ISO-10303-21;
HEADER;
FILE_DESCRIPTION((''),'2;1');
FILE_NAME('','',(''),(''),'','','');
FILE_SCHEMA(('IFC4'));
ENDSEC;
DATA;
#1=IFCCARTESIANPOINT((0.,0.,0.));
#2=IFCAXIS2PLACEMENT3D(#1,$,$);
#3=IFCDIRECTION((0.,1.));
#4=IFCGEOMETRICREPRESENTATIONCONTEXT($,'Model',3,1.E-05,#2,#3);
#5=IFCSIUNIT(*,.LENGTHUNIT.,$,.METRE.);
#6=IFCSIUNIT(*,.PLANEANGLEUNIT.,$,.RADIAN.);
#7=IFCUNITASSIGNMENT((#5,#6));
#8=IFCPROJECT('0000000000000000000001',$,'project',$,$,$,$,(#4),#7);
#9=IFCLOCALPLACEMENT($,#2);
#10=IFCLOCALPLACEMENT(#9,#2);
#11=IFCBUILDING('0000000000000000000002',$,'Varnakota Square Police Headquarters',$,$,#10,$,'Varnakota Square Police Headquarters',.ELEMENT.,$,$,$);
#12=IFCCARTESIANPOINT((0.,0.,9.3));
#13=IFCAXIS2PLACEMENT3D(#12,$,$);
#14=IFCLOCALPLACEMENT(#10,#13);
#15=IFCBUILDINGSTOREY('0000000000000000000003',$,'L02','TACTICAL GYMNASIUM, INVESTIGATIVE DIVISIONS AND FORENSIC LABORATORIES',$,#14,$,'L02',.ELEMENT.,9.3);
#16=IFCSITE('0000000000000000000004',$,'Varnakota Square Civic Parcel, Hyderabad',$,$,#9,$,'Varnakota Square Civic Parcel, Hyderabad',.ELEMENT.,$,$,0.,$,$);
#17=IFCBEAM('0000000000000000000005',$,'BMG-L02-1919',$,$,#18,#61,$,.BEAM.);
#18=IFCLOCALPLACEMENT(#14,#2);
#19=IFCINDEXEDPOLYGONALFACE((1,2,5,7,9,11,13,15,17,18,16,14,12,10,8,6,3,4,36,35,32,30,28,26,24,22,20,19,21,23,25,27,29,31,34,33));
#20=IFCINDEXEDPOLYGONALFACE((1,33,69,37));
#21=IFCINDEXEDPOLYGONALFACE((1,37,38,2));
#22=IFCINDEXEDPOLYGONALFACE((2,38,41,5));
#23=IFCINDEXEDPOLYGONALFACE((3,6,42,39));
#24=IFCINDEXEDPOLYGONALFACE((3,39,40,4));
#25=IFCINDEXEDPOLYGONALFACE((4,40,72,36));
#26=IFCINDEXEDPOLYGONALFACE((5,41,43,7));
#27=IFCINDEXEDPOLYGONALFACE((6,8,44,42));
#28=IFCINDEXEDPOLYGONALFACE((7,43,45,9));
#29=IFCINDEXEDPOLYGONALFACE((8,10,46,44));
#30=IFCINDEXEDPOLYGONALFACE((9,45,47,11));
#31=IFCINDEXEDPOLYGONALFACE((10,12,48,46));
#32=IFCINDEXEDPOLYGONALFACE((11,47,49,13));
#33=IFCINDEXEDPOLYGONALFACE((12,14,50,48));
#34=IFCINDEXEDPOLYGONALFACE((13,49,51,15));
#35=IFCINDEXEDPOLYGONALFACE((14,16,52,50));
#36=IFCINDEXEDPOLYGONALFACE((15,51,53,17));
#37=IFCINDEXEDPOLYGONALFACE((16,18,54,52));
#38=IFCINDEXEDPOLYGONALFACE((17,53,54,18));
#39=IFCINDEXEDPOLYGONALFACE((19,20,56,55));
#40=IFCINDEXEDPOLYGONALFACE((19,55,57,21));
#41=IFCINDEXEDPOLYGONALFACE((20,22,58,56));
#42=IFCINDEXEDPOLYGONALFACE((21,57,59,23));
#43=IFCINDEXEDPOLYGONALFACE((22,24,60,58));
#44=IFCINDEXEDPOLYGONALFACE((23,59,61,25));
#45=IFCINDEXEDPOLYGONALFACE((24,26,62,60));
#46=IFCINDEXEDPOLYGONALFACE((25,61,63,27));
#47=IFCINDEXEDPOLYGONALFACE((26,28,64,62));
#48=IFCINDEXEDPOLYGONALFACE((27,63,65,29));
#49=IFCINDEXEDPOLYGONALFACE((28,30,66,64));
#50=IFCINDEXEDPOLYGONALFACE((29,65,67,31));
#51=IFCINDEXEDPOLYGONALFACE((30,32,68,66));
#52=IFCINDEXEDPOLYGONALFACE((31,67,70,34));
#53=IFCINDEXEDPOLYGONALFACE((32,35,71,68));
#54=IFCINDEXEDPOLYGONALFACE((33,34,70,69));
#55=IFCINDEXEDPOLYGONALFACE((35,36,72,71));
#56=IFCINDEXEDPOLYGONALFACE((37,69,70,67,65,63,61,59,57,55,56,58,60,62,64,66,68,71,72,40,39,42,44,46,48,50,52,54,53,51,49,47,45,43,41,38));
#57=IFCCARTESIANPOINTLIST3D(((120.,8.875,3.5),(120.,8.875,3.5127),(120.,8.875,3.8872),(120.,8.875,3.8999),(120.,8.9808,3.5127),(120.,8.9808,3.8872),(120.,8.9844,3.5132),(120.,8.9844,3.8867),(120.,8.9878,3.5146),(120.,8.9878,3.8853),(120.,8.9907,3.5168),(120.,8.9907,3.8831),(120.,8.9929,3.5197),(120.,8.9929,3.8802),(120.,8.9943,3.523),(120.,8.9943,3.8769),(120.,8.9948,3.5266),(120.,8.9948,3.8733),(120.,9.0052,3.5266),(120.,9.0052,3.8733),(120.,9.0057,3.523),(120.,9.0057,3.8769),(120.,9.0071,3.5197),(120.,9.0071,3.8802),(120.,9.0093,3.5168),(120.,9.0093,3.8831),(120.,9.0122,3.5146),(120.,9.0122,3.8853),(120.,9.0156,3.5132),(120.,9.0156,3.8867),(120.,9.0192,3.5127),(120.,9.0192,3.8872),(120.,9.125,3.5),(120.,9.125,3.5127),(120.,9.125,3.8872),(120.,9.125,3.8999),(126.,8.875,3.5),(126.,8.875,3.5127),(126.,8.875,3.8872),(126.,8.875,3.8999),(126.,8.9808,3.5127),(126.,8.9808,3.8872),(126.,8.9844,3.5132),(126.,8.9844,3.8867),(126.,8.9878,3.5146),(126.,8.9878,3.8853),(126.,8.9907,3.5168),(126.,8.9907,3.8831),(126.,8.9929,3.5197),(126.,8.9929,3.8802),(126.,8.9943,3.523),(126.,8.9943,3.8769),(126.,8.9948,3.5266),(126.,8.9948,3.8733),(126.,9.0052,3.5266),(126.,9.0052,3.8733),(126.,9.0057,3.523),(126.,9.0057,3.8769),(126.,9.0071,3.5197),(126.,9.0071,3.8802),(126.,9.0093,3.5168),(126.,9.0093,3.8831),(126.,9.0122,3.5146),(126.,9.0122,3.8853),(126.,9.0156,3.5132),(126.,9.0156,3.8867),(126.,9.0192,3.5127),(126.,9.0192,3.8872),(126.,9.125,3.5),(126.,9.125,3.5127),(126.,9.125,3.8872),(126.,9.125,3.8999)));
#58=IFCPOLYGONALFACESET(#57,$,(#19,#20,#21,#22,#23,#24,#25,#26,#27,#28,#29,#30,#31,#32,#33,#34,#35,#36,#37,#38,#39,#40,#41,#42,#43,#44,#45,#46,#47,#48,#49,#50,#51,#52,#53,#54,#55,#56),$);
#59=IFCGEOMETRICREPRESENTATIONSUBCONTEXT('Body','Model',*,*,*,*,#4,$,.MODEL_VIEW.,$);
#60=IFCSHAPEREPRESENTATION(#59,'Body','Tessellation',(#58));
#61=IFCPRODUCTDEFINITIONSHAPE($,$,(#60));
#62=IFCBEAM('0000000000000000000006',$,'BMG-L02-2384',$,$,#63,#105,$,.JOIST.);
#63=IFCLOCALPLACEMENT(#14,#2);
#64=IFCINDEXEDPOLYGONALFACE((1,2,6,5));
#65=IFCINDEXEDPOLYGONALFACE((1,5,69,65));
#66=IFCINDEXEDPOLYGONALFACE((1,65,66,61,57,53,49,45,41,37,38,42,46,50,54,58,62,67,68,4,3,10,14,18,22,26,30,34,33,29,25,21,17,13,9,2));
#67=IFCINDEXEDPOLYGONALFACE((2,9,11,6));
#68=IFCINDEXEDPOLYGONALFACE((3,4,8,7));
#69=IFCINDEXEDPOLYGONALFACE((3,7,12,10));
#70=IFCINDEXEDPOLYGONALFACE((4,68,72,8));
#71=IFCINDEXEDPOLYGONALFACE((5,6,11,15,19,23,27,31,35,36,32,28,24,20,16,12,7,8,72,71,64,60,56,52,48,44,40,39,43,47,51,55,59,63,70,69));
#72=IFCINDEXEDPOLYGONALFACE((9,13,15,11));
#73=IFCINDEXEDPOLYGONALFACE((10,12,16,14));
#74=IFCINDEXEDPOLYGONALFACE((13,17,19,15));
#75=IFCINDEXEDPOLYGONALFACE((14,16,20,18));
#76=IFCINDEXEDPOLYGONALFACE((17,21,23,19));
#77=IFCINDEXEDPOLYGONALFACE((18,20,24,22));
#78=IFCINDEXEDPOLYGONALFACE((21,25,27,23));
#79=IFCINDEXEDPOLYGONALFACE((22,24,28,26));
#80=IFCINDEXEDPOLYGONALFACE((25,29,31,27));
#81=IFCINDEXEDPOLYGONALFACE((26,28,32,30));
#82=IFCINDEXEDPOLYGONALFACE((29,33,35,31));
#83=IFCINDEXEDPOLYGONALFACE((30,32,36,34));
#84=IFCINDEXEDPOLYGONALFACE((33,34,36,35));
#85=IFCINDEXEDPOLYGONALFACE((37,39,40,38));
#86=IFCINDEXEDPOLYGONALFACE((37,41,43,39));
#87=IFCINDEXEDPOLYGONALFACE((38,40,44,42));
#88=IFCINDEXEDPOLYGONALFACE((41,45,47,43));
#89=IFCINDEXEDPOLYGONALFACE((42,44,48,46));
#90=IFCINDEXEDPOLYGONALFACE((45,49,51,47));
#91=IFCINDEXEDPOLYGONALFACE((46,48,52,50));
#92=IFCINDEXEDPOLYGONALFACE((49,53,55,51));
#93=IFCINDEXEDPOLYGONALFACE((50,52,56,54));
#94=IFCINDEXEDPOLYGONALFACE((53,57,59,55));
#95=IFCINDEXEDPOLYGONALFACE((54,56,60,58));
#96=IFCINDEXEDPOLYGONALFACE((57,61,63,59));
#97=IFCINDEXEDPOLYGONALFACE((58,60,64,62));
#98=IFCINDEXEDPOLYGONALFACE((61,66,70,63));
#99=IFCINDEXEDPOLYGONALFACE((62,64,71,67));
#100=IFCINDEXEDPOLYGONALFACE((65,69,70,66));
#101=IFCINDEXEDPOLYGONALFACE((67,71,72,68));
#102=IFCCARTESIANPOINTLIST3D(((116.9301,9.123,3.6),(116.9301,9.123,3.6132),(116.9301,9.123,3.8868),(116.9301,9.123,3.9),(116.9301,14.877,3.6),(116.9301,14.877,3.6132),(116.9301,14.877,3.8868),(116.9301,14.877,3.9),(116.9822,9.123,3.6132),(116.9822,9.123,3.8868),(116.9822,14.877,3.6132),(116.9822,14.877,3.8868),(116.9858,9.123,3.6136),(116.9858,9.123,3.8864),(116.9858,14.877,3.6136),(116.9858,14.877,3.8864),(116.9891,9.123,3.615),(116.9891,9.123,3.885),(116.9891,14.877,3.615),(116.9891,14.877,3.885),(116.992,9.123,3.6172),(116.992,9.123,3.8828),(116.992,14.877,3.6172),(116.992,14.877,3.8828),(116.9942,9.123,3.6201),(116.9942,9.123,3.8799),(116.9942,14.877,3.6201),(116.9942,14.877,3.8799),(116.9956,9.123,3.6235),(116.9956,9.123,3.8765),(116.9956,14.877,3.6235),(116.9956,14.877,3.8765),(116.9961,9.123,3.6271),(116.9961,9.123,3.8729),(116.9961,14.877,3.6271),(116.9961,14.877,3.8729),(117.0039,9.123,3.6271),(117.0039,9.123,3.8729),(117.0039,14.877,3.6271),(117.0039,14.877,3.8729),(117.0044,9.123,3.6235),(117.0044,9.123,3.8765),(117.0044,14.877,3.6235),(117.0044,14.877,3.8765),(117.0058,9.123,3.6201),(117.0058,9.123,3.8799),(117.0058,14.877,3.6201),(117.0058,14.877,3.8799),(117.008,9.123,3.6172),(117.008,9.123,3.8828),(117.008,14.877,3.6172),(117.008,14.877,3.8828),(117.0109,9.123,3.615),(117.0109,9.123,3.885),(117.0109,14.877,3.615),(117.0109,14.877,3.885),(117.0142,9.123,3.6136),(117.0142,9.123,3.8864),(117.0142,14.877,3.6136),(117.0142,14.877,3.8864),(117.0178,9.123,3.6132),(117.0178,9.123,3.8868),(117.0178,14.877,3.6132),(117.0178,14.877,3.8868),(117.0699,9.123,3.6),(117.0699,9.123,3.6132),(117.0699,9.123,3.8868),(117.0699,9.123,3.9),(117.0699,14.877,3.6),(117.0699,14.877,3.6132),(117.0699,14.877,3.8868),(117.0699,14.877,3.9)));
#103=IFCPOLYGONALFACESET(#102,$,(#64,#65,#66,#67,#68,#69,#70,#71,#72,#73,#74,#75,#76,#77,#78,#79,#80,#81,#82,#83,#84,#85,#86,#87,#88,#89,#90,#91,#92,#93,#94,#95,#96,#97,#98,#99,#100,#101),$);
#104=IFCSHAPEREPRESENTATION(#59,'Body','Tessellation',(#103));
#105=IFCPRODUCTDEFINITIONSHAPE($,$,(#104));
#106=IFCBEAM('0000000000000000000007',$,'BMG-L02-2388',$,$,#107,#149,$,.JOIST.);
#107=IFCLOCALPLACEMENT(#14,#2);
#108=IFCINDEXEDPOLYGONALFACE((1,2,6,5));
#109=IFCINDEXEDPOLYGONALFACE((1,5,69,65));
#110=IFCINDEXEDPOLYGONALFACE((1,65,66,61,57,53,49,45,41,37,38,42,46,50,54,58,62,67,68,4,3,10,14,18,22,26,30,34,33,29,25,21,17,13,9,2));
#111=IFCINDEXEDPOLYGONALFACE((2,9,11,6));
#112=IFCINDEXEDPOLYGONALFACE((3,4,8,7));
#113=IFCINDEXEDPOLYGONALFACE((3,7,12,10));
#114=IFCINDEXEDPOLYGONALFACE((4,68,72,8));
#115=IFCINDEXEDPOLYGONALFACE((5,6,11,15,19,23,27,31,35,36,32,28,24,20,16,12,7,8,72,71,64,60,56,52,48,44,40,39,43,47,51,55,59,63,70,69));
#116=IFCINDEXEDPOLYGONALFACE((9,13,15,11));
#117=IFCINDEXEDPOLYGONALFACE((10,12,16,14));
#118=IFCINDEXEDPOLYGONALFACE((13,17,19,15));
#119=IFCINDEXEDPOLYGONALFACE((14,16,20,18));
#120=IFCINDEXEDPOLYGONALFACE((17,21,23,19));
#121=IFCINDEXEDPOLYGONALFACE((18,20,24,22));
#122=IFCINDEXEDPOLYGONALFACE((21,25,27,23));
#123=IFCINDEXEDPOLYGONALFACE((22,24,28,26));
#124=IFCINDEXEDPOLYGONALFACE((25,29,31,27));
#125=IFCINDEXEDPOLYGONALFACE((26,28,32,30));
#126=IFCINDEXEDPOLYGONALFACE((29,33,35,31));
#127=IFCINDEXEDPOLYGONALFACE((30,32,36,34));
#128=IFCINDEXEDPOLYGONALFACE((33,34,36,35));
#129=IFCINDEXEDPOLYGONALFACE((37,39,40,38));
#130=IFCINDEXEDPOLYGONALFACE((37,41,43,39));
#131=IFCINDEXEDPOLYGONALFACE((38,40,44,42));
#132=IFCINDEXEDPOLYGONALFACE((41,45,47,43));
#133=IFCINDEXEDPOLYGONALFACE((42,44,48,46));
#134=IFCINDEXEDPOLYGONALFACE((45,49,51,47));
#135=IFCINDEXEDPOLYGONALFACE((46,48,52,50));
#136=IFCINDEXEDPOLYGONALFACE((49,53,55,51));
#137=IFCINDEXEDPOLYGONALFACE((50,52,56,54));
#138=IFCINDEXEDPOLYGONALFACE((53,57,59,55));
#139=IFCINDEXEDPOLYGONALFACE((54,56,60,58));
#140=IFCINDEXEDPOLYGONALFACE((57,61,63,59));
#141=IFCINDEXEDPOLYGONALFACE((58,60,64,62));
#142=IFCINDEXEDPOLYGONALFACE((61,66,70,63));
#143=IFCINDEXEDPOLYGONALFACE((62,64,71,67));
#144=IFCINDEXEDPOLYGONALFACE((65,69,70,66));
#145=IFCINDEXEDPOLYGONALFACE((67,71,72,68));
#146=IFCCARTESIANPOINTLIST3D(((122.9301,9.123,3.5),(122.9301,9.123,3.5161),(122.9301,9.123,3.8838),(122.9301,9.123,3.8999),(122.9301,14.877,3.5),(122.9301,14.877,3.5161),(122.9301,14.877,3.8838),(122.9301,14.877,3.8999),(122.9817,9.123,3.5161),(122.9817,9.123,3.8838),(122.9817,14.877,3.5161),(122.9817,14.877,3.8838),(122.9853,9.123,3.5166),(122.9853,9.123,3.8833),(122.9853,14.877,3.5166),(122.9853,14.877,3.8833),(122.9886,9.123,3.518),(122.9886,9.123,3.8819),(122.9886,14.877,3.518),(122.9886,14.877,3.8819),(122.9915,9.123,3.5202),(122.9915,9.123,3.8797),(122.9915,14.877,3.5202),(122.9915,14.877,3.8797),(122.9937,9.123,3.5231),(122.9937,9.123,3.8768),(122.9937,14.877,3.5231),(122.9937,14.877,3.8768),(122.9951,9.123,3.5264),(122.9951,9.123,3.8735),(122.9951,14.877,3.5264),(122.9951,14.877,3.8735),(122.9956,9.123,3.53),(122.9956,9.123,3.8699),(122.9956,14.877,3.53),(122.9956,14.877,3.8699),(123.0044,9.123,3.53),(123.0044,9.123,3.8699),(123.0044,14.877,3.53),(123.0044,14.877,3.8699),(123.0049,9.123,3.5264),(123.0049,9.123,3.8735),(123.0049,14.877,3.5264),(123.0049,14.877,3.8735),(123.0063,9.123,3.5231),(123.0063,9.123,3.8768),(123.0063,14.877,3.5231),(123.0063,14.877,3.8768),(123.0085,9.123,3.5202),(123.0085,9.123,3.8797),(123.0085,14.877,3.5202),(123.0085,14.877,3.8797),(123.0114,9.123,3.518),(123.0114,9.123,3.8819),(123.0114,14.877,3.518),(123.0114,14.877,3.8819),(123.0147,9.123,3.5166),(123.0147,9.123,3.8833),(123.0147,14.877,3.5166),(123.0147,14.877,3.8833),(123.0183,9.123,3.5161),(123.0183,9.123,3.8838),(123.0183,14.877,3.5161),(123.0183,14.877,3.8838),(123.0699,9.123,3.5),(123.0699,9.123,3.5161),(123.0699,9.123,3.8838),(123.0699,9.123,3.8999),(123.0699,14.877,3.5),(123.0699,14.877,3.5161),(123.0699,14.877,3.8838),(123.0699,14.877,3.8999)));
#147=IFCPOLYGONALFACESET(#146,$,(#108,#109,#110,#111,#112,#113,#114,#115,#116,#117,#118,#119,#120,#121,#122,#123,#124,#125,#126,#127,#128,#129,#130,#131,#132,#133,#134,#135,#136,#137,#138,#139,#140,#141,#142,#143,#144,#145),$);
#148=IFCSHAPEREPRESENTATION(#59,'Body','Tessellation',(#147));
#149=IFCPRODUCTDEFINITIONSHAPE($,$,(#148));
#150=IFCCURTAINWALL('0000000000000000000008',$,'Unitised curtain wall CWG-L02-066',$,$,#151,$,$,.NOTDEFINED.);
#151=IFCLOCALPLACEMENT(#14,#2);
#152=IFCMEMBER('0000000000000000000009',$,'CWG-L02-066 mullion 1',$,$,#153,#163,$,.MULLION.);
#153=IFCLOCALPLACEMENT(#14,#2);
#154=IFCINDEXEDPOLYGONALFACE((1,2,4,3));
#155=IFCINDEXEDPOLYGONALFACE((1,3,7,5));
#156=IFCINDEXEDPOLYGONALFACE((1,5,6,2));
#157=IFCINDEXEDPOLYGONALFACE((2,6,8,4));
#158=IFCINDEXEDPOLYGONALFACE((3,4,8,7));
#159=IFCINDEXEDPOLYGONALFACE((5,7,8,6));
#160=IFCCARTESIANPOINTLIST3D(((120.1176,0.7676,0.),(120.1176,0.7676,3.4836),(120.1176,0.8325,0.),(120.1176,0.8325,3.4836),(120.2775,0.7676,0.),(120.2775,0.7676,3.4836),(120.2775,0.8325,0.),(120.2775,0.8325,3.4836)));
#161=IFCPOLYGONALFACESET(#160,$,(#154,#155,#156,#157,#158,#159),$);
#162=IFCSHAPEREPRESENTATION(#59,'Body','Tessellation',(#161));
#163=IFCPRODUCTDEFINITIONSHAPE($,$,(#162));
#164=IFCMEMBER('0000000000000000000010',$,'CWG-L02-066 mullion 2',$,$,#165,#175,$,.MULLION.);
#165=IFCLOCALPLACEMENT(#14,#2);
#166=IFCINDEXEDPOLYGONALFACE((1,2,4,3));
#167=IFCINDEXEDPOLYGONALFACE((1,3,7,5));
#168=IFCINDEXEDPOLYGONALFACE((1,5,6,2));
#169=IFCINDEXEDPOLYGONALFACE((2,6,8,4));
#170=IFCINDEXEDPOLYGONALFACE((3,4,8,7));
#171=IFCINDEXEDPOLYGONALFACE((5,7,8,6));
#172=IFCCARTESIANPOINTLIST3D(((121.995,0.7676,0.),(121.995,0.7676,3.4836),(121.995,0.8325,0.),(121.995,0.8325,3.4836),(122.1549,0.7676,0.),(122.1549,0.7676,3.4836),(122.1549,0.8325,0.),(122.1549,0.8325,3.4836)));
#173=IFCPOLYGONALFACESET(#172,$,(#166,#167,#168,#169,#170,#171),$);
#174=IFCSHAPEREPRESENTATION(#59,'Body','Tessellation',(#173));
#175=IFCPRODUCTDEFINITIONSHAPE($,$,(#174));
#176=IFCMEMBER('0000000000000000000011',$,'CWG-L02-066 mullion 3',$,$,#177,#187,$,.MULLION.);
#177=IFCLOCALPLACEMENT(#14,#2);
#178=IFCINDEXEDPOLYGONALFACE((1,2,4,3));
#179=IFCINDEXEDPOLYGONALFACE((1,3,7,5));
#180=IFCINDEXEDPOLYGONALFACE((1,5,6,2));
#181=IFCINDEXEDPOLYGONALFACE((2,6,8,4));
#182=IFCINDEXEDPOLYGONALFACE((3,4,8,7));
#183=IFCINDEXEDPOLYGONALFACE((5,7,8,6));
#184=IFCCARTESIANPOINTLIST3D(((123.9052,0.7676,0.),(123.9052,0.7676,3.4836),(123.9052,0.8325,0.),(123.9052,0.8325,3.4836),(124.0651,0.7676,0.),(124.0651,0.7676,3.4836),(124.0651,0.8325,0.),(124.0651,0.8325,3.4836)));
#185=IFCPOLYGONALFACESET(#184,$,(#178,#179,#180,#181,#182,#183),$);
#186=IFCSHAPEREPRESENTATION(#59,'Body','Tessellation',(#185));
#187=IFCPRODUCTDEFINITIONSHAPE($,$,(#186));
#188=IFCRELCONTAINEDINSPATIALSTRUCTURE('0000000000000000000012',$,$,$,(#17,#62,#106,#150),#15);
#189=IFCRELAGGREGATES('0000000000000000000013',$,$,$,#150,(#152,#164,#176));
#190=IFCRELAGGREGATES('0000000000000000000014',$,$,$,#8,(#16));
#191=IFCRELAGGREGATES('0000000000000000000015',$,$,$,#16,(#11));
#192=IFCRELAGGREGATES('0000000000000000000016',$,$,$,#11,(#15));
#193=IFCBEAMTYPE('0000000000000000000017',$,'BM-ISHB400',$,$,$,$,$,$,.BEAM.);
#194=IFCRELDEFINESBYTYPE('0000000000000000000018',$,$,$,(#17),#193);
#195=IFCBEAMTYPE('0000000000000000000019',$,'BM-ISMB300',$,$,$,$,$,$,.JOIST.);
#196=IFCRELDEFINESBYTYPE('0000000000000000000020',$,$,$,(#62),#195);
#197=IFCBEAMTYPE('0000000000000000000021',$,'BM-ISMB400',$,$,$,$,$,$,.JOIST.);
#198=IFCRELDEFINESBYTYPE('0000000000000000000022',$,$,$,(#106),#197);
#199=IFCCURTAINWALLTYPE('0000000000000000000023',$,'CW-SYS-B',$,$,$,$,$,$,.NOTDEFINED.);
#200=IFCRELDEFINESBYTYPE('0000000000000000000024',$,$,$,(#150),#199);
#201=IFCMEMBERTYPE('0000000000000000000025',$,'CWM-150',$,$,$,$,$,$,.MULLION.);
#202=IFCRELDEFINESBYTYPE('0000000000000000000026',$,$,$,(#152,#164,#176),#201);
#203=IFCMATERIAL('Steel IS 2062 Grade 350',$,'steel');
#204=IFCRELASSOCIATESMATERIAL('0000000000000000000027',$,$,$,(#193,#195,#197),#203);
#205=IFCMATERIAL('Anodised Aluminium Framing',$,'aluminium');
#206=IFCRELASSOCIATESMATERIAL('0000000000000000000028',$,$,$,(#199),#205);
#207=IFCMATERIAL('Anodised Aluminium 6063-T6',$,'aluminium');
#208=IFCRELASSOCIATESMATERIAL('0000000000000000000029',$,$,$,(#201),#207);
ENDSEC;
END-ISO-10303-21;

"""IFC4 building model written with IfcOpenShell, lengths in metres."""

from ifc_helpers import new_model, si_unit, direction, frame, origin, origin_2d, place, context, subcontext, project, spatial, rectangle, i_section, extrude, material, material_profile, profile_set, type_object, element, aggregate, save


model = new_model("IFC4")

# Units and contexts
model_context = context("Model", 3, precision=1e-05, world=origin(), true_north=direction((0.0, 1.0)))
body_context = subcontext(model_context, "Body", "Model", "MODEL_VIEW")
ifc_project = project(units=[si_unit("LENGTHUNIT", "METRE"), si_unit("PLANEANGLEUNIT", "RADIAN")], contexts=[model_context])

# Site, building, storey
site_placement = place(None, origin())
site = spatial("IfcSite", under=ifc_project, at=site_placement, Name="Varnakota Square Civic Parcel, Hyderabad", LongName="Varnakota Square Civic Parcel, Hyderabad", CompositionType="ELEMENT", RefElevation=0.0)
building_placement = place(site_placement, origin())
building = spatial("IfcBuilding", under=site, at=building_placement, Name="Varnakota Square Police Headquarters", LongName="Varnakota Square Police Headquarters", CompositionType="ELEMENT")
storey_placement = place(building_placement, frame((0.0, 0.0, 9.3)))
storey = spatial("IfcBuildingStorey", under=building, at=storey_placement, Name="L02", Description="TACTICAL GYMNASIUM, INVESTIGATIVE DIVISIONS AND FORENSIC LABORATORIES", LongName="L02", CompositionType="ELEMENT", Elevation=9.3)

# Shared definitions
ifc_material_1 = material(Name="Steel IS 2062 Grade 350", Category="steel")

# Beams
ifc_material_profile_1 = material_profile(ifc_material_1, i_section(OverallWidth=0.25, OverallDepth=0.3999, WebThickness=0.0105, FlangeThickness=0.0127, FilletRadius=0.0139, at=origin_2d()), Name="ISHB 400")
ifc_profile_set_1 = profile_set([ifc_material_profile_1], Name="Steel IS 2062 Grade 350")
beam_type_1 = type_object("IfcBeamType", Name="BM-ISHB400", PredefinedType="BEAM", material=ifc_profile_set_1)
beam_1_placement = place(storey_placement, frame((120.0, 9.0, 3.7), z_axis=(1.0, 0.0, 0.0), x_axis=(0.0, 1.0, 0.0)))
element("IfcBeam", 1, at=beam_1_placement, inside=storey, type_object=beam_type_1, Name="BMG-L02-1919", PredefinedType="BEAM", context=body_context, shape_type="SweptSolid", body=[
    extrude(i_section(OverallWidth=0.25, OverallDepth=0.3999, WebThickness=0.0105, FlangeThickness=0.0127, FilletRadius=0.0139, at=origin_2d()), origin(), (0.0, 0.0, 1.0), 6.0),
])
ifc_material_profile_2 = material_profile(ifc_material_1, i_section(OverallWidth=0.1399, OverallDepth=0.3, WebThickness=0.0078, FlangeThickness=0.0132, FilletRadius=0.0139, at=origin_2d()), Name="ISMB 300")
ifc_profile_set_2 = profile_set([ifc_material_profile_2], Name="Steel IS 2062 Grade 350")
beam_type_2 = type_object("IfcBeamType", Name="BM-ISMB300", PredefinedType="JOIST", material=ifc_profile_set_2)
beam_2_placement = place(storey_placement, frame((117.0, 9.123, 3.75), z_axis=(0.0, 1.0, 0.0), x_axis=(-1.0, 0.0, 0.0)))
element("IfcBeam", 2, at=beam_2_placement, inside=storey, type_object=beam_type_2, Name="BMG-L02-2384", PredefinedType="JOIST", context=body_context, shape_type="SweptSolid", body=[
    extrude(i_section(OverallWidth=0.1399, OverallDepth=0.3, WebThickness=0.0078, FlangeThickness=0.0132, FilletRadius=0.0139, at=origin_2d()), origin(), (0.0, 0.0, 1.0), 5.7539),
])
ifc_material_profile_3 = material_profile(ifc_material_1, i_section(OverallWidth=0.1399, OverallDepth=0.3999, WebThickness=0.0088, FlangeThickness=0.0161, FilletRadius=0.0139, at=origin_2d()), Name="ISMB 400")
ifc_profile_set_3 = profile_set([ifc_material_profile_3], Name="Steel IS 2062 Grade 350")
beam_type_3 = type_object("IfcBeamType", Name="BM-ISMB400", PredefinedType="JOIST", material=ifc_profile_set_3)
beam_3_placement = place(storey_placement, frame((123.0, 9.123, 3.7), z_axis=(0.0, 1.0, 0.0), x_axis=(-1.0, 0.0, 0.0)))
element("IfcBeam", 3, at=beam_3_placement, inside=storey, type_object=beam_type_3, Name="BMG-L02-2388", PredefinedType="JOIST", context=body_context, shape_type="SweptSolid", body=[
    extrude(i_section(OverallWidth=0.1399, OverallDepth=0.3999, WebThickness=0.0088, FlangeThickness=0.0161, FilletRadius=0.0139, at=origin_2d()), origin(), (0.0, 0.0, 1.0), 5.7539),
])

# Curtain wall, members
ifc_material_2 = material(Name="Anodised Aluminium Framing", Category="aluminium")
curtain_wall_type = type_object("IfcCurtainWallType", Name="CW-SYS-B", PredefinedType="NOTDEFINED", material=ifc_material_2)
curtain_wall_placement = place(storey_placement, origin())
curtain_wall = element("IfcCurtainWall", 4, at=curtain_wall_placement, inside=storey, type_object=curtain_wall_type, Name="Unitised curtain wall CWG-L02-066", PredefinedType="NOTDEFINED")
ifc_material_3 = material(Name="Anodised Aluminium 6063-T6", Category="aluminium")
ifc_material_profile_4 = material_profile(ifc_material_3, rectangle(XDim=0.0649, YDim=0.1599, at=origin_2d()), Name="ALU MULLION 65x160")
ifc_profile_set_4 = profile_set([ifc_material_profile_4], Name="Anodised Aluminium 6063-T6")
member_type_1 = type_object("IfcMemberType", Name="CWM-150", PredefinedType="MULLION", material=ifc_profile_set_4)
member_1_placement = place(storey_placement, frame((120.1975, 0.8, 0.0), z_axis=(0.0, 0.0, 1.0), x_axis=(0.0, 1.0, 0.0)))
member_1 = element("IfcMember", 5, at=member_1_placement, type_object=member_type_1, Name="CWG-L02-066 mullion 1", PredefinedType="MULLION", context=body_context, shape_type="SweptSolid", body=[
    extrude(rectangle(XDim=0.0649, YDim=0.1599, at=origin_2d()), origin(), (0.0, 0.0, 1.0), 3.4836),
])
member_2_placement = place(storey_placement, frame((122.075, 0.8, 0.0), z_axis=(0.0, 0.0, 1.0), x_axis=(0.0, 1.0, 0.0)))
member_2 = element("IfcMember", 6, at=member_2_placement, type_object=member_type_1, Name="CWG-L02-066 mullion 2", PredefinedType="MULLION", context=body_context, shape_type="SweptSolid", body=[
    extrude(rectangle(XDim=0.0649, YDim=0.1599, at=origin_2d()), origin(), (0.0, 0.0, 1.0), 3.4836),
])
member_3_placement = place(storey_placement, frame((123.9851, 0.8, 0.0), z_axis=(0.0, 0.0, 1.0), x_axis=(0.0, 1.0, 0.0)))
member_3 = element("IfcMember", 7, at=member_3_placement, type_object=member_type_1, Name="CWG-L02-066 mullion 3", PredefinedType="MULLION", context=body_context, shape_type="SweptSolid", body=[
    extrude(rectangle(XDim=0.0649, YDim=0.1599, at=origin_2d()), origin(), (0.0, 0.0, 1.0), 3.4836),
])
aggregate(curtain_wall, [member_1, member_2, member_3])

save(model, "model.ifc")
